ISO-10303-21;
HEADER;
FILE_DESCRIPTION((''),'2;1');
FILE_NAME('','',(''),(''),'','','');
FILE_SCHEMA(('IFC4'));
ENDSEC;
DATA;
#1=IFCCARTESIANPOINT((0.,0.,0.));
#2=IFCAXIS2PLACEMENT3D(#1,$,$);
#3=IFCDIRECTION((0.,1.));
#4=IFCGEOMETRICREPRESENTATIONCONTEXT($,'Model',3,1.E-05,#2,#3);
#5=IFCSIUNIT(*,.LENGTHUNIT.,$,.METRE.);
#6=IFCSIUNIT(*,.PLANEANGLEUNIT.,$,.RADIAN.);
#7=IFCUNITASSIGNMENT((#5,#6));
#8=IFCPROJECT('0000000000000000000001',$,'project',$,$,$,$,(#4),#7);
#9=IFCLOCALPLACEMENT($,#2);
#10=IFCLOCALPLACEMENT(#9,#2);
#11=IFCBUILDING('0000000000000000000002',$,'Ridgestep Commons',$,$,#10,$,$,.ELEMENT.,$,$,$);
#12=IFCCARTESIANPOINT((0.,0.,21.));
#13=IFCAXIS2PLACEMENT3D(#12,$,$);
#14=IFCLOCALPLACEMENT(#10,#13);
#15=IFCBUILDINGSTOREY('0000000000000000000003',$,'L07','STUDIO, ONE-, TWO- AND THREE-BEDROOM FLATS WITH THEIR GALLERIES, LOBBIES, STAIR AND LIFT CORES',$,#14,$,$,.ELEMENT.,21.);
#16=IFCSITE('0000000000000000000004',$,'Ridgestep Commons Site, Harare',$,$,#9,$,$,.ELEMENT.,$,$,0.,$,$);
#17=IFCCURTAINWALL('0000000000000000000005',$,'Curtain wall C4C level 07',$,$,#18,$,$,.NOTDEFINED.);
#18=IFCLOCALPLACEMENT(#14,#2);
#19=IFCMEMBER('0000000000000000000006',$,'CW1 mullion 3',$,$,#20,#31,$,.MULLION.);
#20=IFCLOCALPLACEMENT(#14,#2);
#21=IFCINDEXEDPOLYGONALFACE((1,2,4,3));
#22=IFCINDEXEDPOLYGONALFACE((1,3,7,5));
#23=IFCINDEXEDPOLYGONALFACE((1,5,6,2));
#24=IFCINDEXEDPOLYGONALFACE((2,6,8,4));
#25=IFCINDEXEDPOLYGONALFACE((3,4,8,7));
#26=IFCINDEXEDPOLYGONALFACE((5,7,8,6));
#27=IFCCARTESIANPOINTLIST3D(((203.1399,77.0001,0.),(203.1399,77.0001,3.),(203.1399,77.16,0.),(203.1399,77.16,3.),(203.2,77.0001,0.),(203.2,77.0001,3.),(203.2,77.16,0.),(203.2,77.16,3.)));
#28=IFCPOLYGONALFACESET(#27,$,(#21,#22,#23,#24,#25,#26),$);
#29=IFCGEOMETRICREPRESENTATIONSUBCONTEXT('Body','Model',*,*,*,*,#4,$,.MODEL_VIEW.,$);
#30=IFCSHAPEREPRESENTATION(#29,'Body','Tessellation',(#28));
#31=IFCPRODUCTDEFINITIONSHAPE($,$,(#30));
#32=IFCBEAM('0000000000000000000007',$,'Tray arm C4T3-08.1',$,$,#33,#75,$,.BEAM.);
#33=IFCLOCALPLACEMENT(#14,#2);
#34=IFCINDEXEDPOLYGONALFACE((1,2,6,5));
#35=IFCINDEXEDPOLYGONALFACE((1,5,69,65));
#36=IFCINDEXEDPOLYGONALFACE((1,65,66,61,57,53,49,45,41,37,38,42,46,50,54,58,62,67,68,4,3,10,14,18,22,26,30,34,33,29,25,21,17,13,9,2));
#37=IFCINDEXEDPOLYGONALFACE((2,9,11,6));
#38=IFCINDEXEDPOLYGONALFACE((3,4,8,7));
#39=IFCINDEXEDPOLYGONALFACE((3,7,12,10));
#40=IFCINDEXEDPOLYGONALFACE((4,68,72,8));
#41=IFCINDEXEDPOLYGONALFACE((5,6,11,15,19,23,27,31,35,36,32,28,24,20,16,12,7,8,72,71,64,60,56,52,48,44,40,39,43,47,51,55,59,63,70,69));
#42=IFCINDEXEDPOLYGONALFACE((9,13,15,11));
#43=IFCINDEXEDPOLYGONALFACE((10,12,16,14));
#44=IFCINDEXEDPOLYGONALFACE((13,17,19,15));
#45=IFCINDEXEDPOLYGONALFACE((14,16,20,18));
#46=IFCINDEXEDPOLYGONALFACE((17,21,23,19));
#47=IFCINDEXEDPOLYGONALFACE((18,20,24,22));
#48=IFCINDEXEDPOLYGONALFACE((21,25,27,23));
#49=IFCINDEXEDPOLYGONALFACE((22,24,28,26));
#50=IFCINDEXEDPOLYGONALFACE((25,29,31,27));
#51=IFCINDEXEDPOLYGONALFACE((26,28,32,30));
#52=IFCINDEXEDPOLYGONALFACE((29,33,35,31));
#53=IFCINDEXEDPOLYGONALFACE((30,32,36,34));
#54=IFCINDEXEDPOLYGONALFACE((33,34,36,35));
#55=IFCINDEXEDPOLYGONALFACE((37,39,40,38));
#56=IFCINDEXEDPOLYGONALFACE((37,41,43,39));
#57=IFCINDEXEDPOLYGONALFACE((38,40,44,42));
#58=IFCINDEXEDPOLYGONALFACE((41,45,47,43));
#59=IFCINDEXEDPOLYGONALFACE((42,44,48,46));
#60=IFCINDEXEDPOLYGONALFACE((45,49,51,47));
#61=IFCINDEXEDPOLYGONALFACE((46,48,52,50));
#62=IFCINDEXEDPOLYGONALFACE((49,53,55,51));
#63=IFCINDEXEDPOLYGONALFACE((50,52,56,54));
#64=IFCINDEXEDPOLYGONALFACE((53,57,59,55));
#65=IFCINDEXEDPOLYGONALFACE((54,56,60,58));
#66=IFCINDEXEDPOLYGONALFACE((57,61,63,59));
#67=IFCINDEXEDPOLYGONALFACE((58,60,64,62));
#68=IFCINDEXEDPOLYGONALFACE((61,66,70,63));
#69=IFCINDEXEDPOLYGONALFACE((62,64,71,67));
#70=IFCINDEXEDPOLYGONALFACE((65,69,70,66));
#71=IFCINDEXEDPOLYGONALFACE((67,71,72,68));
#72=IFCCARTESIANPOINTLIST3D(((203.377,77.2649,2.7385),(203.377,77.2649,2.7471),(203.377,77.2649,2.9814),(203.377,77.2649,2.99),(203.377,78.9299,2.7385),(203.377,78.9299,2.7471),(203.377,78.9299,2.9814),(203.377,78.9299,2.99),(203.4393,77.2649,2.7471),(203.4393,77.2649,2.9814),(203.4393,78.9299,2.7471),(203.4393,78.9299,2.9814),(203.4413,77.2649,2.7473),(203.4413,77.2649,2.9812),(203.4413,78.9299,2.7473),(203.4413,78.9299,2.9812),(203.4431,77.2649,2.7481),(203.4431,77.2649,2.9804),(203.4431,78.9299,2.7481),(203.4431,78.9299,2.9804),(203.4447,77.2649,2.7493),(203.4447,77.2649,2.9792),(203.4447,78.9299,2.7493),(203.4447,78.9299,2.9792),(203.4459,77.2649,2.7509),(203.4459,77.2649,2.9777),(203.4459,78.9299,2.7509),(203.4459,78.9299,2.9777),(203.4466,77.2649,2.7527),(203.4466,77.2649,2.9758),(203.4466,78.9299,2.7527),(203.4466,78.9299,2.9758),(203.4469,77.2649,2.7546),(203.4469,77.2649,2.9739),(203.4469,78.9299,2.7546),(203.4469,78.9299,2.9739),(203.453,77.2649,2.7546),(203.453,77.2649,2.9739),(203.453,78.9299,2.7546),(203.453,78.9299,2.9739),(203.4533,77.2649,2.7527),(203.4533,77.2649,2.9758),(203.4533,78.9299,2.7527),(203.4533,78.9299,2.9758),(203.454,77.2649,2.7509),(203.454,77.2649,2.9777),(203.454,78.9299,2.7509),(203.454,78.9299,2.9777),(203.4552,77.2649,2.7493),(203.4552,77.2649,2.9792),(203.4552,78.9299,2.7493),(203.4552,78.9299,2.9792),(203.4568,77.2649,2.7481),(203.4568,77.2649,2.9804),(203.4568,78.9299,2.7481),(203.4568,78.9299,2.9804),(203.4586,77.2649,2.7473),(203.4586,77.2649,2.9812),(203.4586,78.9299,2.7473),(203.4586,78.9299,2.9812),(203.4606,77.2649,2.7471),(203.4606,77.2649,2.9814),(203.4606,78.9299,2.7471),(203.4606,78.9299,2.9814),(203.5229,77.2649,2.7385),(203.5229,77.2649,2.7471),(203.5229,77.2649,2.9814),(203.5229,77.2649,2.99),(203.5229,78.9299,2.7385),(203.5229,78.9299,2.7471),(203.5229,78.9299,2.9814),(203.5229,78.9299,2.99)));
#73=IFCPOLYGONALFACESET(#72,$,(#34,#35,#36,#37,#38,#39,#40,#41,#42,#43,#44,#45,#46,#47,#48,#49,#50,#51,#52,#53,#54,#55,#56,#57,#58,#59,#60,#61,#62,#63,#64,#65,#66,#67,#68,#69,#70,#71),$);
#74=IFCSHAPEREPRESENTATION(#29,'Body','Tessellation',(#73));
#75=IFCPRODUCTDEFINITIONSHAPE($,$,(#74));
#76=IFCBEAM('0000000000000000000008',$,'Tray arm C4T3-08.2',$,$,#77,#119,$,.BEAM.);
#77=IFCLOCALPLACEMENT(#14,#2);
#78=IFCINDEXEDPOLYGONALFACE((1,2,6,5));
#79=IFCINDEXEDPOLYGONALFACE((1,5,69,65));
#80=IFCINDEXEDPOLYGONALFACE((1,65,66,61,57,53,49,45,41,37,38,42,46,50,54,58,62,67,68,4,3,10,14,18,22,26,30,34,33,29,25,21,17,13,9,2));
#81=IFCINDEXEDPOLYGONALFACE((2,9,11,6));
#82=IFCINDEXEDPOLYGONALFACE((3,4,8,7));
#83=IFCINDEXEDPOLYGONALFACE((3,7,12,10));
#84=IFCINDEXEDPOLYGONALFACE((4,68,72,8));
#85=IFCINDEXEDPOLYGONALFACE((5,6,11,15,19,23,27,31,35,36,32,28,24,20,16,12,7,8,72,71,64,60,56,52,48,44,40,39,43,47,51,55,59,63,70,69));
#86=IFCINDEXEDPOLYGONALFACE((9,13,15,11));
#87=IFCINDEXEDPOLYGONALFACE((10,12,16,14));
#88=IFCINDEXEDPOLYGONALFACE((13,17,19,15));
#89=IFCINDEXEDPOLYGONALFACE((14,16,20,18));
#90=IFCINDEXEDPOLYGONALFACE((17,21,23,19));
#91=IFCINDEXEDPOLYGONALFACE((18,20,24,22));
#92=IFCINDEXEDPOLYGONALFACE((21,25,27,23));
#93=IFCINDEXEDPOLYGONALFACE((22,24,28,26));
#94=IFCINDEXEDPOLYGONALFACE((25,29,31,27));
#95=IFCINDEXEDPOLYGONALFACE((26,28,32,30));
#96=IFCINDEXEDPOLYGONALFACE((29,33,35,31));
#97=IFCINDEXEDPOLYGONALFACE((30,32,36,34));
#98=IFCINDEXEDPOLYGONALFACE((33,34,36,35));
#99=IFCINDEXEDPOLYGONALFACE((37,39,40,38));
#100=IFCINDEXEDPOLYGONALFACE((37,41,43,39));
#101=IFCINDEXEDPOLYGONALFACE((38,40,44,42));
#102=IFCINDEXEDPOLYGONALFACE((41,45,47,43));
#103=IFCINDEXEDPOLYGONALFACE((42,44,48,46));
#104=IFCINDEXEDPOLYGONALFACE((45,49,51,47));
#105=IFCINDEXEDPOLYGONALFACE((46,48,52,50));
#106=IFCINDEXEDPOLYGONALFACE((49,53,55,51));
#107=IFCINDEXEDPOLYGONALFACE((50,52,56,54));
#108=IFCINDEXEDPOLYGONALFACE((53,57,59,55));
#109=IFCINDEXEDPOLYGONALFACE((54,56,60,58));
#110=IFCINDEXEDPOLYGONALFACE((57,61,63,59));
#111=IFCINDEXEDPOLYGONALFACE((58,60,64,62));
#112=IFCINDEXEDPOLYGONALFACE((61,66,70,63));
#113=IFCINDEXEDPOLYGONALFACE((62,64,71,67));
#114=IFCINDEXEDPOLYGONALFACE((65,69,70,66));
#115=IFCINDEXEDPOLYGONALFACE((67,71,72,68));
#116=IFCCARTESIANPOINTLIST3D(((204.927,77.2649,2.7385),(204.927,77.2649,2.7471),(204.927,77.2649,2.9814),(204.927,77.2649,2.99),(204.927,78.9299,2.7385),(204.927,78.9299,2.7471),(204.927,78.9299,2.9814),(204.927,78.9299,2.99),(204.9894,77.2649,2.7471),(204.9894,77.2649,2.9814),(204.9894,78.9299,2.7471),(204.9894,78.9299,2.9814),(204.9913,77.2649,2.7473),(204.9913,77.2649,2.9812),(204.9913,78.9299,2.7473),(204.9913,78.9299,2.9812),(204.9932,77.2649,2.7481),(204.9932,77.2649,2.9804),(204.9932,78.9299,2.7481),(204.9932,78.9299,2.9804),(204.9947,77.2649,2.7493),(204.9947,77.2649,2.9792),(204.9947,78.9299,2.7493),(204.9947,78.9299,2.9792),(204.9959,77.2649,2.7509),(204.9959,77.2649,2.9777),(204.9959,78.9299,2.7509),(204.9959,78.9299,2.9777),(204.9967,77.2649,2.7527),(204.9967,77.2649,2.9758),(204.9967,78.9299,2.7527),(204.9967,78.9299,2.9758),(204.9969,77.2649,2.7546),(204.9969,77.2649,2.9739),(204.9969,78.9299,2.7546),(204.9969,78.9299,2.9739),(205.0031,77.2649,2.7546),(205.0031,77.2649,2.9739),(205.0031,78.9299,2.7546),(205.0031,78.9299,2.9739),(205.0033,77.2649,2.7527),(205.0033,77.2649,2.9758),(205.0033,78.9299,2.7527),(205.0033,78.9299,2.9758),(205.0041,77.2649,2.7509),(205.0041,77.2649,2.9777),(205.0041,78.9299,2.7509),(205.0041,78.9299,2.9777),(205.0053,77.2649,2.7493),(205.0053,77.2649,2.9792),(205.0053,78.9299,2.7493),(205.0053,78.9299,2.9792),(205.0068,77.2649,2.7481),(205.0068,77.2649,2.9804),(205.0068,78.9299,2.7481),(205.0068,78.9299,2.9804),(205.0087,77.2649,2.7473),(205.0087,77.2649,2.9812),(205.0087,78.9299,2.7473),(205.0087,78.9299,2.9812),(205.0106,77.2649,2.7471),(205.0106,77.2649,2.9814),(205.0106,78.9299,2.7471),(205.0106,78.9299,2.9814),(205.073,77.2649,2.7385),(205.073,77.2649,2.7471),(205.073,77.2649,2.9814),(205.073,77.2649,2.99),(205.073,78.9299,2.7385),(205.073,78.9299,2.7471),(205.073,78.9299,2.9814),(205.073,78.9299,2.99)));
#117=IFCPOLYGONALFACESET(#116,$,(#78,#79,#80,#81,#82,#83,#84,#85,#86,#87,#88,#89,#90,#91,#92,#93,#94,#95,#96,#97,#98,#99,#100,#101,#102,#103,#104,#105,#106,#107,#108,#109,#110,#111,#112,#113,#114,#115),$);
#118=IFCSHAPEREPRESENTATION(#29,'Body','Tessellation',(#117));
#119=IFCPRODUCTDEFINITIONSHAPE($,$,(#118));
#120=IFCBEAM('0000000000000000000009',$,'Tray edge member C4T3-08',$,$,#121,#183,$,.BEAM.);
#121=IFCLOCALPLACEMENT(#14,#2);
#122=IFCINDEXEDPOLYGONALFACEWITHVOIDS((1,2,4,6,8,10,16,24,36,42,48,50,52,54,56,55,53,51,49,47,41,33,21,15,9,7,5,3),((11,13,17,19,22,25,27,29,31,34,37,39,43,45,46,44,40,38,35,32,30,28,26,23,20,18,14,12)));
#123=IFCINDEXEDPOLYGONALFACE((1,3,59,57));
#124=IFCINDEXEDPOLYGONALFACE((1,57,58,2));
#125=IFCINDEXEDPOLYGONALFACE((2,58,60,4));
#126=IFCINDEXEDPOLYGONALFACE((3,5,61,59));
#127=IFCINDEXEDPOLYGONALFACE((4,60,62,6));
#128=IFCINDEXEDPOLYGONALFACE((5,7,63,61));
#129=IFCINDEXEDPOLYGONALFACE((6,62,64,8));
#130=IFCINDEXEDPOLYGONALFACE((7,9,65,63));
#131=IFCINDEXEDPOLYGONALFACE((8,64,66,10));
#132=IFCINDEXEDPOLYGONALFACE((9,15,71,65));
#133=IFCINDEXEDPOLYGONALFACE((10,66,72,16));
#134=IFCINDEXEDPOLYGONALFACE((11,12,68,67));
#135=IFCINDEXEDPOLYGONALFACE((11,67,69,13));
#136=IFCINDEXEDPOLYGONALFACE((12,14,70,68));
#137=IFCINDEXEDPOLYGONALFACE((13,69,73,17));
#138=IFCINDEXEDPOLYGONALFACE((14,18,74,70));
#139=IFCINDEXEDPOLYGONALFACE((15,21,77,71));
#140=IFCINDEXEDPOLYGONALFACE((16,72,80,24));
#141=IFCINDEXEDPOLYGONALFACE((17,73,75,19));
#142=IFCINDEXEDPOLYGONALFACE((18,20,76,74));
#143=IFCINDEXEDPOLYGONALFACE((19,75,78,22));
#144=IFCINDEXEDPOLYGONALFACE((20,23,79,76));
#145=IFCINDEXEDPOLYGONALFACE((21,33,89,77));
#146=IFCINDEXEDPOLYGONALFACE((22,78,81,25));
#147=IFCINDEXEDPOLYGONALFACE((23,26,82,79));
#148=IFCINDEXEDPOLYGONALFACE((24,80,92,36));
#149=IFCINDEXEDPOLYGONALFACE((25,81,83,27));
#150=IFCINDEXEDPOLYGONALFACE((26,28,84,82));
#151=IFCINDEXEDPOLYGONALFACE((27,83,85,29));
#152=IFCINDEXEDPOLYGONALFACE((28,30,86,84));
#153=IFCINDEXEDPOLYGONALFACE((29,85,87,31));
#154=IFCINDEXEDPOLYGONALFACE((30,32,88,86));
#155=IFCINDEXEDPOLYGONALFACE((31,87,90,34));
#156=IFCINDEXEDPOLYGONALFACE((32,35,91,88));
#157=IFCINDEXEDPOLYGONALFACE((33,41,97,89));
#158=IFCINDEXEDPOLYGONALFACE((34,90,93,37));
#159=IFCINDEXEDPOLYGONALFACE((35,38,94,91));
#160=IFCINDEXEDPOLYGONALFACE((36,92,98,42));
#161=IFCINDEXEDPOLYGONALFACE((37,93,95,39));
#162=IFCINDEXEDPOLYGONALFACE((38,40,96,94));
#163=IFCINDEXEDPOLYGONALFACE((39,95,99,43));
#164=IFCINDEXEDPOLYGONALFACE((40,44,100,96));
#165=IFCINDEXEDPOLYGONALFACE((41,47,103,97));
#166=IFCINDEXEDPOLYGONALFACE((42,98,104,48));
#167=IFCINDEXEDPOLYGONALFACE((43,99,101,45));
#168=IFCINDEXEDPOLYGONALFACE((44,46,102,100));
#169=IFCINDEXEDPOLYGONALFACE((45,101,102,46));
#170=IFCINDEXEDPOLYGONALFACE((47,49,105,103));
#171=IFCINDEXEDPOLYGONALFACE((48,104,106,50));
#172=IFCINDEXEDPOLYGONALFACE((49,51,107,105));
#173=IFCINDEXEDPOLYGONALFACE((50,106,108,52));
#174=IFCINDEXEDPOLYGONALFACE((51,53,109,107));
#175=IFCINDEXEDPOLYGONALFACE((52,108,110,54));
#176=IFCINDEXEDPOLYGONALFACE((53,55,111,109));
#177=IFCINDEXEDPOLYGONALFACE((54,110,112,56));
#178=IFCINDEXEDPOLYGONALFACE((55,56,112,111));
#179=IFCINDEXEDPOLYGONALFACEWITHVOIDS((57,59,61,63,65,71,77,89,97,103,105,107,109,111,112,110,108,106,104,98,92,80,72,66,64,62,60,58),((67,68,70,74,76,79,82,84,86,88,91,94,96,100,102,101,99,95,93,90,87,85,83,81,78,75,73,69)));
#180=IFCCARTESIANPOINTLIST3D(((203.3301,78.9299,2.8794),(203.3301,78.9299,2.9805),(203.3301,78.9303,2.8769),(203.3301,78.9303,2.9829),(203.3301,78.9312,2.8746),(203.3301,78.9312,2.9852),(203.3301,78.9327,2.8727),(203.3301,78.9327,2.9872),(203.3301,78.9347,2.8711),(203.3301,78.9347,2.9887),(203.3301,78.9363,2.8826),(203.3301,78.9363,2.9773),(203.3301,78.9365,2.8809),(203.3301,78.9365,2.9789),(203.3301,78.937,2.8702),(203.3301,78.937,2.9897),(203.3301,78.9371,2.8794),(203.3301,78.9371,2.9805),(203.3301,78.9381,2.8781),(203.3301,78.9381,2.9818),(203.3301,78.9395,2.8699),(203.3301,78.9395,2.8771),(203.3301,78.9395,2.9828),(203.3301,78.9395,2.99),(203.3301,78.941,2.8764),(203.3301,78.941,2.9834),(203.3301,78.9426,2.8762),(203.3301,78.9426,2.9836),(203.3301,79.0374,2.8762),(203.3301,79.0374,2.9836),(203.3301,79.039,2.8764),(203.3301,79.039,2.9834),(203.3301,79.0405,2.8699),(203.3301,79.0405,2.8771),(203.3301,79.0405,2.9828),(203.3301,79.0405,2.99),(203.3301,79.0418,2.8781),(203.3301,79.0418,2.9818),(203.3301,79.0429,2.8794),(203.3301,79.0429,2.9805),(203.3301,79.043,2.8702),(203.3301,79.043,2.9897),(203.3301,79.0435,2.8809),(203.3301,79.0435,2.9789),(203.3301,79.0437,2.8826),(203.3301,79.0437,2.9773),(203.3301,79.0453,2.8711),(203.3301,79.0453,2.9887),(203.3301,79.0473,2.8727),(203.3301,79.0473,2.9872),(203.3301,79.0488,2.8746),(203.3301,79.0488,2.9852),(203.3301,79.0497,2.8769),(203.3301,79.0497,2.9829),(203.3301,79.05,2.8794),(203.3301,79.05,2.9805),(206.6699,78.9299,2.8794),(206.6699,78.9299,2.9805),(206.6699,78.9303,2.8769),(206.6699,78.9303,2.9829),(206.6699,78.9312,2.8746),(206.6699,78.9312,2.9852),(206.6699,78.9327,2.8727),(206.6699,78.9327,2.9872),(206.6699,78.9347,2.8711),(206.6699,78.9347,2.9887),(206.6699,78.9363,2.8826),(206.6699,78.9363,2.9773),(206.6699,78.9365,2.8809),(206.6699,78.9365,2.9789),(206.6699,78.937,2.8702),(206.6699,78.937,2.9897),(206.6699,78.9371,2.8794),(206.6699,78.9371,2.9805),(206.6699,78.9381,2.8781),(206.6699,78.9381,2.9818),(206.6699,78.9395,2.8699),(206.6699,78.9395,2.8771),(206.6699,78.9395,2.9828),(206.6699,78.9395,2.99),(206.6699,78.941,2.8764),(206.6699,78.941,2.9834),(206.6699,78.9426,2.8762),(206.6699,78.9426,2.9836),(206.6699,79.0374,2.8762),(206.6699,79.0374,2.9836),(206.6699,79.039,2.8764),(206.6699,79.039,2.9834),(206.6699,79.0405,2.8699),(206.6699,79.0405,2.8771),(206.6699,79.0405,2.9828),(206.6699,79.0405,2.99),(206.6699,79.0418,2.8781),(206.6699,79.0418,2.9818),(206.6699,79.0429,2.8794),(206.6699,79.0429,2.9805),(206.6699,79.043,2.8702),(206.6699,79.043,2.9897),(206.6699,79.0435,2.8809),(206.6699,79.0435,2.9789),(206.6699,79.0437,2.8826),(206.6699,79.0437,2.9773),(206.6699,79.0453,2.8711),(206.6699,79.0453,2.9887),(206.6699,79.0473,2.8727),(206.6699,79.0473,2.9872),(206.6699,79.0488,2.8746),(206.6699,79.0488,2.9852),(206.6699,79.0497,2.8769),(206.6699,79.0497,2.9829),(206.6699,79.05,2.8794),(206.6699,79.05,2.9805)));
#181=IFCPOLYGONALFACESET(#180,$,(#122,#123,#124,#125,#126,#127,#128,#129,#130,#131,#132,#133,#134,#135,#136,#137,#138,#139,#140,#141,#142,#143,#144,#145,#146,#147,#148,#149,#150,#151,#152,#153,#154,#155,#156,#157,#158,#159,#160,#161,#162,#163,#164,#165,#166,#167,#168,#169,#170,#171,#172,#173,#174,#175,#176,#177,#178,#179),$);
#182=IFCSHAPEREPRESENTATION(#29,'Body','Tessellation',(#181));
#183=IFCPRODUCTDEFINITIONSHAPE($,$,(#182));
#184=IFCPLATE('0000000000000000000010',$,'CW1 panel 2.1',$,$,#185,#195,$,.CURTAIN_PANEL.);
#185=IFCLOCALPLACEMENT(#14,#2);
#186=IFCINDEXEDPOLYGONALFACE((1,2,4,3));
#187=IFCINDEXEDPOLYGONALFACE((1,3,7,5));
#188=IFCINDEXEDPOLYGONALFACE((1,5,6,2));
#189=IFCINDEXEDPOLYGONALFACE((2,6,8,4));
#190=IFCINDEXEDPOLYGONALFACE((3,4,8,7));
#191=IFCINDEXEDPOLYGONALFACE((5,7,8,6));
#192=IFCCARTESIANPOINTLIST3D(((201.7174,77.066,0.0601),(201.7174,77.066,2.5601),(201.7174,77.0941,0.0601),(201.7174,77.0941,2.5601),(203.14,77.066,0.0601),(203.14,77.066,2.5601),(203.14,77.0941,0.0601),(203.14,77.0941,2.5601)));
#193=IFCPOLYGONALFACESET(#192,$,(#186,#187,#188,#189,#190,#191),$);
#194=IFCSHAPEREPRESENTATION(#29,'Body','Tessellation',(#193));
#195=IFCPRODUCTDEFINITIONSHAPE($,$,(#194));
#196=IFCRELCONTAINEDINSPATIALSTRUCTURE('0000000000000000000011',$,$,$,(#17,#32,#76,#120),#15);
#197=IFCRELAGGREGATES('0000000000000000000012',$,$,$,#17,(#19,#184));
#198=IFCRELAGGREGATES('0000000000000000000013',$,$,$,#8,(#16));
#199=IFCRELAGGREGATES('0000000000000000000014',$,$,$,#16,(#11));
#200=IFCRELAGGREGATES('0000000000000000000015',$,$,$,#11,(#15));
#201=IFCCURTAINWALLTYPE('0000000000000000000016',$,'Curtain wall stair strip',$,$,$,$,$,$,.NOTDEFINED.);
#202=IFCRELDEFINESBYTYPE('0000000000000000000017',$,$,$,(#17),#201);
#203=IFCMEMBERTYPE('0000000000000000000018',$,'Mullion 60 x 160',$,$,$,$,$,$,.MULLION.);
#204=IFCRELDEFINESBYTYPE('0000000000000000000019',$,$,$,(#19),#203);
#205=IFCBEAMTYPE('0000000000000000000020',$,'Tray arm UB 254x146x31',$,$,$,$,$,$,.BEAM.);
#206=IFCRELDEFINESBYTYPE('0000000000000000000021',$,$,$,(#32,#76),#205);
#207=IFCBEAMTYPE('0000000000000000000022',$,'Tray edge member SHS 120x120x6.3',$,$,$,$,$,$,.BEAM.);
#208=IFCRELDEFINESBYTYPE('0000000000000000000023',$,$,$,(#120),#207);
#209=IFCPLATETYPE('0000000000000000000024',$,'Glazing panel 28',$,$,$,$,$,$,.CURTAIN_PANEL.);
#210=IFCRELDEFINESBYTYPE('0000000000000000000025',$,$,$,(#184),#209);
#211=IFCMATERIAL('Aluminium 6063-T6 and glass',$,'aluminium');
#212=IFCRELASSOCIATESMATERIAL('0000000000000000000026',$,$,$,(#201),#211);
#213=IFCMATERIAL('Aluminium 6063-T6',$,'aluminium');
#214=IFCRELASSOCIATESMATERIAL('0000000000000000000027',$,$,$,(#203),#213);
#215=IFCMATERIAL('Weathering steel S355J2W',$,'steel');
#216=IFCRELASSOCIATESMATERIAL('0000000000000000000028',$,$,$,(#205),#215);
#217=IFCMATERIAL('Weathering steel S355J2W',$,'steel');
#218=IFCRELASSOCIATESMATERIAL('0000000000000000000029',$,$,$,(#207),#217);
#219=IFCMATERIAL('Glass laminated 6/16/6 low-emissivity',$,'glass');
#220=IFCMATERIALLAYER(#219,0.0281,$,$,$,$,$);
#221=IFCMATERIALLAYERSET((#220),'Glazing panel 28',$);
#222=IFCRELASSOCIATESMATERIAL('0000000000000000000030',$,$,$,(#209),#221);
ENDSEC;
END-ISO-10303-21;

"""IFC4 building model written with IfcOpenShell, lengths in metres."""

from ifc_helpers import new_model, si_unit, direction, frame, origin, origin_2d, place, context, subcontext, project, spatial, rectangle, hollow_rectangle, i_section, extrude, material, layer, layer_set, material_profile, profile_set, type_object, element, aggregate, save


model = new_model("IFC4")

# Units and contexts
model_context = context("Model", 3, precision=1e-05, world=origin(), true_north=direction((0.0, 1.0)))
body_context = subcontext(model_context, "Body", "Model", "MODEL_VIEW")
ifc_project = project(units=[si_unit("LENGTHUNIT", "METRE"), si_unit("PLANEANGLEUNIT", "RADIAN")], contexts=[model_context])

# Site, building, storey
site_placement = place(None, origin())
site = spatial("IfcSite", under=ifc_project, at=site_placement, Name="Ridgestep Commons Site, Harare", CompositionType="ELEMENT", RefElevation=0.0)
building_placement = place(site_placement, origin())
building = spatial("IfcBuilding", under=site, at=building_placement, Name="Ridgestep Commons", CompositionType="ELEMENT")
storey_placement = place(building_placement, frame((0.0, 0.0, 21.0)))
storey = spatial("IfcBuildingStorey", under=building, at=storey_placement, Name="L07", Description="STUDIO, ONE-, TWO- AND THREE-BEDROOM FLATS WITH THEIR GALLERIES, LOBBIES, STAIR AND LIFT CORES", CompositionType="ELEMENT", Elevation=21.0)

# Curtain wall, member
ifc_material_1 = material(Name="Aluminium 6063-T6 and glass", Category="aluminium")
curtain_wall_type = type_object("IfcCurtainWallType", Name="Curtain wall stair strip", PredefinedType="NOTDEFINED", material=ifc_material_1)
curtain_wall_placement = place(storey_placement, origin())
curtain_wall = element("IfcCurtainWall", 1, at=curtain_wall_placement, inside=storey, type_object=curtain_wall_type, Name="Curtain wall C4C level 07", PredefinedType="NOTDEFINED")
ifc_material_2 = material(Name="Aluminium 6063-T6", Category="aluminium")
ifc_material_profile_1 = material_profile(ifc_material_2, rectangle(XDim=0.1599, YDim=0.0601, at=origin_2d()), Name="Mullion 60 x 160")
ifc_profile_set_1 = profile_set([ifc_material_profile_1], Name="Aluminium 6063-T6")
member_type = type_object("IfcMemberType", Name="Mullion 60 x 160", PredefinedType="MULLION", material=ifc_profile_set_1)
member_placement = place(storey_placement, frame((203.1699, 77.0801, 0.0), z_axis=(0.0, 0.0, 1.0), x_axis=(0.0, 1.0, 0.0)))
member = element("IfcMember", 2, at=member_placement, type_object=member_type, Name="CW1 mullion 3", PredefinedType="MULLION", context=body_context, shape_type="SweptSolid", body=[
    extrude(rectangle(XDim=0.1599, YDim=0.0601, at=origin_2d()), origin(), (0.0, 0.0, 1.0), 3.0),
])

# Beams
ifc_material_3 = material(Name="Weathering steel S355J2W", Category="steel")
ifc_material_profile_2 = material_profile(ifc_material_3, i_section(OverallWidth=0.146, OverallDepth=0.2515, WebThickness=0.0061, FlangeThickness=0.0085, FilletRadius=0.0076, at=origin_2d()), Name="UB 254x146x31")
ifc_profile_set_2 = profile_set([ifc_material_profile_2], Name="Weathering steel S355J2W")
beam_type_1 = type_object("IfcBeamType", Name="Tray arm UB 254x146x31", PredefinedType="BEAM", material=ifc_profile_set_2)
for number, where, z_axis, x_axis, name in (
    (3, (203.45, 77.2649, 2.8643), (0.0, 1.0, 0.0), (-1.0, 0.0, 0.0), "Tray arm C4T3-08.1"),
    (4, (205.0, 77.2649, 2.8643), (0.0, 1.0, 0.0), (-1.0, 0.0, 0.0), "Tray arm C4T3-08.2"),
):
    element("IfcBeam", number, at=place(storey_placement, frame(where, z_axis=z_axis, x_axis=x_axis)), inside=storey, type_object=beam_type_1, Name=name, PredefinedType="BEAM", context=body_context, shape_type="SweptSolid", body=[
        extrude(i_section(OverallWidth=0.146, OverallDepth=0.2515, WebThickness=0.0061, FlangeThickness=0.0085, FilletRadius=0.0076, at=origin_2d()), origin(), (0.0, 0.0, 1.0), 1.665),
    ])
ifc_material_4 = material(Name="Weathering steel S355J2W", Category="steel")
ifc_material_profile_3 = material_profile(ifc_material_4, hollow_rectangle(XDim=0.1201, YDim=0.1201, WallThickness=0.0063, InnerFilletRadius=0.0063, OuterFilletRadius=0.0095, at=origin_2d()), Name="SHS 120x120x6.3")
ifc_profile_set_3 = profile_set([ifc_material_profile_3], Name="Weathering steel S355J2W")
beam_type_2 = type_object("IfcBeamType", Name="Tray edge member SHS 120x120x6.3", PredefinedType="BEAM", material=ifc_profile_set_3)
beam_placement = place(storey_placement, frame((203.3301, 78.99, 2.9299), z_axis=(1.0, 0.0, 0.0), x_axis=(0.0, 0.0, 1.0)))
element("IfcBeam", 5, at=beam_placement, inside=storey, type_object=beam_type_2, Name="Tray edge member C4T3-08", PredefinedType="BEAM", context=body_context, shape_type="SweptSolid", body=[
    extrude(hollow_rectangle(XDim=0.1201, YDim=0.1201, WallThickness=0.0063, InnerFilletRadius=0.0063, OuterFilletRadius=0.0095, at=origin_2d()), origin(), (0.0, 0.0, 1.0), 3.3398),
])

# Plate
ifc_material_5 = material(Name="Glass laminated 6/16/6 low-emissivity", Category="glass")
ifc_layer_1 = layer(ifc_material_5, 0.0281)
ifc_layer_set_1 = layer_set([ifc_layer_1], Name="Glazing panel 28")
plate_type_1 = type_object("IfcPlateType", Name="Glazing panel 28", PredefinedType="CURTAIN_PANEL", material=ifc_layer_set_1)
plate_1_placement = place(storey_placement, frame((202.4287, 77.0801, 0.0601), z_axis=(0.0, 0.0, 1.0), x_axis=(1.0, 0.0, 0.0)))
plate_1 = element("IfcPlate", 6, at=plate_1_placement, type_object=plate_type_1, Name="CW1 panel 2.1", PredefinedType="CURTAIN_PANEL", context=body_context, shape_type="SweptSolid", body=[
    extrude(rectangle(XDim=1.4226, YDim=0.0281, at=origin_2d()), origin(), (0.0, 0.0, 1.0), 2.5),
])
aggregate(curtain_wall, [member, plate_1])

save(model, "model.ifc")
